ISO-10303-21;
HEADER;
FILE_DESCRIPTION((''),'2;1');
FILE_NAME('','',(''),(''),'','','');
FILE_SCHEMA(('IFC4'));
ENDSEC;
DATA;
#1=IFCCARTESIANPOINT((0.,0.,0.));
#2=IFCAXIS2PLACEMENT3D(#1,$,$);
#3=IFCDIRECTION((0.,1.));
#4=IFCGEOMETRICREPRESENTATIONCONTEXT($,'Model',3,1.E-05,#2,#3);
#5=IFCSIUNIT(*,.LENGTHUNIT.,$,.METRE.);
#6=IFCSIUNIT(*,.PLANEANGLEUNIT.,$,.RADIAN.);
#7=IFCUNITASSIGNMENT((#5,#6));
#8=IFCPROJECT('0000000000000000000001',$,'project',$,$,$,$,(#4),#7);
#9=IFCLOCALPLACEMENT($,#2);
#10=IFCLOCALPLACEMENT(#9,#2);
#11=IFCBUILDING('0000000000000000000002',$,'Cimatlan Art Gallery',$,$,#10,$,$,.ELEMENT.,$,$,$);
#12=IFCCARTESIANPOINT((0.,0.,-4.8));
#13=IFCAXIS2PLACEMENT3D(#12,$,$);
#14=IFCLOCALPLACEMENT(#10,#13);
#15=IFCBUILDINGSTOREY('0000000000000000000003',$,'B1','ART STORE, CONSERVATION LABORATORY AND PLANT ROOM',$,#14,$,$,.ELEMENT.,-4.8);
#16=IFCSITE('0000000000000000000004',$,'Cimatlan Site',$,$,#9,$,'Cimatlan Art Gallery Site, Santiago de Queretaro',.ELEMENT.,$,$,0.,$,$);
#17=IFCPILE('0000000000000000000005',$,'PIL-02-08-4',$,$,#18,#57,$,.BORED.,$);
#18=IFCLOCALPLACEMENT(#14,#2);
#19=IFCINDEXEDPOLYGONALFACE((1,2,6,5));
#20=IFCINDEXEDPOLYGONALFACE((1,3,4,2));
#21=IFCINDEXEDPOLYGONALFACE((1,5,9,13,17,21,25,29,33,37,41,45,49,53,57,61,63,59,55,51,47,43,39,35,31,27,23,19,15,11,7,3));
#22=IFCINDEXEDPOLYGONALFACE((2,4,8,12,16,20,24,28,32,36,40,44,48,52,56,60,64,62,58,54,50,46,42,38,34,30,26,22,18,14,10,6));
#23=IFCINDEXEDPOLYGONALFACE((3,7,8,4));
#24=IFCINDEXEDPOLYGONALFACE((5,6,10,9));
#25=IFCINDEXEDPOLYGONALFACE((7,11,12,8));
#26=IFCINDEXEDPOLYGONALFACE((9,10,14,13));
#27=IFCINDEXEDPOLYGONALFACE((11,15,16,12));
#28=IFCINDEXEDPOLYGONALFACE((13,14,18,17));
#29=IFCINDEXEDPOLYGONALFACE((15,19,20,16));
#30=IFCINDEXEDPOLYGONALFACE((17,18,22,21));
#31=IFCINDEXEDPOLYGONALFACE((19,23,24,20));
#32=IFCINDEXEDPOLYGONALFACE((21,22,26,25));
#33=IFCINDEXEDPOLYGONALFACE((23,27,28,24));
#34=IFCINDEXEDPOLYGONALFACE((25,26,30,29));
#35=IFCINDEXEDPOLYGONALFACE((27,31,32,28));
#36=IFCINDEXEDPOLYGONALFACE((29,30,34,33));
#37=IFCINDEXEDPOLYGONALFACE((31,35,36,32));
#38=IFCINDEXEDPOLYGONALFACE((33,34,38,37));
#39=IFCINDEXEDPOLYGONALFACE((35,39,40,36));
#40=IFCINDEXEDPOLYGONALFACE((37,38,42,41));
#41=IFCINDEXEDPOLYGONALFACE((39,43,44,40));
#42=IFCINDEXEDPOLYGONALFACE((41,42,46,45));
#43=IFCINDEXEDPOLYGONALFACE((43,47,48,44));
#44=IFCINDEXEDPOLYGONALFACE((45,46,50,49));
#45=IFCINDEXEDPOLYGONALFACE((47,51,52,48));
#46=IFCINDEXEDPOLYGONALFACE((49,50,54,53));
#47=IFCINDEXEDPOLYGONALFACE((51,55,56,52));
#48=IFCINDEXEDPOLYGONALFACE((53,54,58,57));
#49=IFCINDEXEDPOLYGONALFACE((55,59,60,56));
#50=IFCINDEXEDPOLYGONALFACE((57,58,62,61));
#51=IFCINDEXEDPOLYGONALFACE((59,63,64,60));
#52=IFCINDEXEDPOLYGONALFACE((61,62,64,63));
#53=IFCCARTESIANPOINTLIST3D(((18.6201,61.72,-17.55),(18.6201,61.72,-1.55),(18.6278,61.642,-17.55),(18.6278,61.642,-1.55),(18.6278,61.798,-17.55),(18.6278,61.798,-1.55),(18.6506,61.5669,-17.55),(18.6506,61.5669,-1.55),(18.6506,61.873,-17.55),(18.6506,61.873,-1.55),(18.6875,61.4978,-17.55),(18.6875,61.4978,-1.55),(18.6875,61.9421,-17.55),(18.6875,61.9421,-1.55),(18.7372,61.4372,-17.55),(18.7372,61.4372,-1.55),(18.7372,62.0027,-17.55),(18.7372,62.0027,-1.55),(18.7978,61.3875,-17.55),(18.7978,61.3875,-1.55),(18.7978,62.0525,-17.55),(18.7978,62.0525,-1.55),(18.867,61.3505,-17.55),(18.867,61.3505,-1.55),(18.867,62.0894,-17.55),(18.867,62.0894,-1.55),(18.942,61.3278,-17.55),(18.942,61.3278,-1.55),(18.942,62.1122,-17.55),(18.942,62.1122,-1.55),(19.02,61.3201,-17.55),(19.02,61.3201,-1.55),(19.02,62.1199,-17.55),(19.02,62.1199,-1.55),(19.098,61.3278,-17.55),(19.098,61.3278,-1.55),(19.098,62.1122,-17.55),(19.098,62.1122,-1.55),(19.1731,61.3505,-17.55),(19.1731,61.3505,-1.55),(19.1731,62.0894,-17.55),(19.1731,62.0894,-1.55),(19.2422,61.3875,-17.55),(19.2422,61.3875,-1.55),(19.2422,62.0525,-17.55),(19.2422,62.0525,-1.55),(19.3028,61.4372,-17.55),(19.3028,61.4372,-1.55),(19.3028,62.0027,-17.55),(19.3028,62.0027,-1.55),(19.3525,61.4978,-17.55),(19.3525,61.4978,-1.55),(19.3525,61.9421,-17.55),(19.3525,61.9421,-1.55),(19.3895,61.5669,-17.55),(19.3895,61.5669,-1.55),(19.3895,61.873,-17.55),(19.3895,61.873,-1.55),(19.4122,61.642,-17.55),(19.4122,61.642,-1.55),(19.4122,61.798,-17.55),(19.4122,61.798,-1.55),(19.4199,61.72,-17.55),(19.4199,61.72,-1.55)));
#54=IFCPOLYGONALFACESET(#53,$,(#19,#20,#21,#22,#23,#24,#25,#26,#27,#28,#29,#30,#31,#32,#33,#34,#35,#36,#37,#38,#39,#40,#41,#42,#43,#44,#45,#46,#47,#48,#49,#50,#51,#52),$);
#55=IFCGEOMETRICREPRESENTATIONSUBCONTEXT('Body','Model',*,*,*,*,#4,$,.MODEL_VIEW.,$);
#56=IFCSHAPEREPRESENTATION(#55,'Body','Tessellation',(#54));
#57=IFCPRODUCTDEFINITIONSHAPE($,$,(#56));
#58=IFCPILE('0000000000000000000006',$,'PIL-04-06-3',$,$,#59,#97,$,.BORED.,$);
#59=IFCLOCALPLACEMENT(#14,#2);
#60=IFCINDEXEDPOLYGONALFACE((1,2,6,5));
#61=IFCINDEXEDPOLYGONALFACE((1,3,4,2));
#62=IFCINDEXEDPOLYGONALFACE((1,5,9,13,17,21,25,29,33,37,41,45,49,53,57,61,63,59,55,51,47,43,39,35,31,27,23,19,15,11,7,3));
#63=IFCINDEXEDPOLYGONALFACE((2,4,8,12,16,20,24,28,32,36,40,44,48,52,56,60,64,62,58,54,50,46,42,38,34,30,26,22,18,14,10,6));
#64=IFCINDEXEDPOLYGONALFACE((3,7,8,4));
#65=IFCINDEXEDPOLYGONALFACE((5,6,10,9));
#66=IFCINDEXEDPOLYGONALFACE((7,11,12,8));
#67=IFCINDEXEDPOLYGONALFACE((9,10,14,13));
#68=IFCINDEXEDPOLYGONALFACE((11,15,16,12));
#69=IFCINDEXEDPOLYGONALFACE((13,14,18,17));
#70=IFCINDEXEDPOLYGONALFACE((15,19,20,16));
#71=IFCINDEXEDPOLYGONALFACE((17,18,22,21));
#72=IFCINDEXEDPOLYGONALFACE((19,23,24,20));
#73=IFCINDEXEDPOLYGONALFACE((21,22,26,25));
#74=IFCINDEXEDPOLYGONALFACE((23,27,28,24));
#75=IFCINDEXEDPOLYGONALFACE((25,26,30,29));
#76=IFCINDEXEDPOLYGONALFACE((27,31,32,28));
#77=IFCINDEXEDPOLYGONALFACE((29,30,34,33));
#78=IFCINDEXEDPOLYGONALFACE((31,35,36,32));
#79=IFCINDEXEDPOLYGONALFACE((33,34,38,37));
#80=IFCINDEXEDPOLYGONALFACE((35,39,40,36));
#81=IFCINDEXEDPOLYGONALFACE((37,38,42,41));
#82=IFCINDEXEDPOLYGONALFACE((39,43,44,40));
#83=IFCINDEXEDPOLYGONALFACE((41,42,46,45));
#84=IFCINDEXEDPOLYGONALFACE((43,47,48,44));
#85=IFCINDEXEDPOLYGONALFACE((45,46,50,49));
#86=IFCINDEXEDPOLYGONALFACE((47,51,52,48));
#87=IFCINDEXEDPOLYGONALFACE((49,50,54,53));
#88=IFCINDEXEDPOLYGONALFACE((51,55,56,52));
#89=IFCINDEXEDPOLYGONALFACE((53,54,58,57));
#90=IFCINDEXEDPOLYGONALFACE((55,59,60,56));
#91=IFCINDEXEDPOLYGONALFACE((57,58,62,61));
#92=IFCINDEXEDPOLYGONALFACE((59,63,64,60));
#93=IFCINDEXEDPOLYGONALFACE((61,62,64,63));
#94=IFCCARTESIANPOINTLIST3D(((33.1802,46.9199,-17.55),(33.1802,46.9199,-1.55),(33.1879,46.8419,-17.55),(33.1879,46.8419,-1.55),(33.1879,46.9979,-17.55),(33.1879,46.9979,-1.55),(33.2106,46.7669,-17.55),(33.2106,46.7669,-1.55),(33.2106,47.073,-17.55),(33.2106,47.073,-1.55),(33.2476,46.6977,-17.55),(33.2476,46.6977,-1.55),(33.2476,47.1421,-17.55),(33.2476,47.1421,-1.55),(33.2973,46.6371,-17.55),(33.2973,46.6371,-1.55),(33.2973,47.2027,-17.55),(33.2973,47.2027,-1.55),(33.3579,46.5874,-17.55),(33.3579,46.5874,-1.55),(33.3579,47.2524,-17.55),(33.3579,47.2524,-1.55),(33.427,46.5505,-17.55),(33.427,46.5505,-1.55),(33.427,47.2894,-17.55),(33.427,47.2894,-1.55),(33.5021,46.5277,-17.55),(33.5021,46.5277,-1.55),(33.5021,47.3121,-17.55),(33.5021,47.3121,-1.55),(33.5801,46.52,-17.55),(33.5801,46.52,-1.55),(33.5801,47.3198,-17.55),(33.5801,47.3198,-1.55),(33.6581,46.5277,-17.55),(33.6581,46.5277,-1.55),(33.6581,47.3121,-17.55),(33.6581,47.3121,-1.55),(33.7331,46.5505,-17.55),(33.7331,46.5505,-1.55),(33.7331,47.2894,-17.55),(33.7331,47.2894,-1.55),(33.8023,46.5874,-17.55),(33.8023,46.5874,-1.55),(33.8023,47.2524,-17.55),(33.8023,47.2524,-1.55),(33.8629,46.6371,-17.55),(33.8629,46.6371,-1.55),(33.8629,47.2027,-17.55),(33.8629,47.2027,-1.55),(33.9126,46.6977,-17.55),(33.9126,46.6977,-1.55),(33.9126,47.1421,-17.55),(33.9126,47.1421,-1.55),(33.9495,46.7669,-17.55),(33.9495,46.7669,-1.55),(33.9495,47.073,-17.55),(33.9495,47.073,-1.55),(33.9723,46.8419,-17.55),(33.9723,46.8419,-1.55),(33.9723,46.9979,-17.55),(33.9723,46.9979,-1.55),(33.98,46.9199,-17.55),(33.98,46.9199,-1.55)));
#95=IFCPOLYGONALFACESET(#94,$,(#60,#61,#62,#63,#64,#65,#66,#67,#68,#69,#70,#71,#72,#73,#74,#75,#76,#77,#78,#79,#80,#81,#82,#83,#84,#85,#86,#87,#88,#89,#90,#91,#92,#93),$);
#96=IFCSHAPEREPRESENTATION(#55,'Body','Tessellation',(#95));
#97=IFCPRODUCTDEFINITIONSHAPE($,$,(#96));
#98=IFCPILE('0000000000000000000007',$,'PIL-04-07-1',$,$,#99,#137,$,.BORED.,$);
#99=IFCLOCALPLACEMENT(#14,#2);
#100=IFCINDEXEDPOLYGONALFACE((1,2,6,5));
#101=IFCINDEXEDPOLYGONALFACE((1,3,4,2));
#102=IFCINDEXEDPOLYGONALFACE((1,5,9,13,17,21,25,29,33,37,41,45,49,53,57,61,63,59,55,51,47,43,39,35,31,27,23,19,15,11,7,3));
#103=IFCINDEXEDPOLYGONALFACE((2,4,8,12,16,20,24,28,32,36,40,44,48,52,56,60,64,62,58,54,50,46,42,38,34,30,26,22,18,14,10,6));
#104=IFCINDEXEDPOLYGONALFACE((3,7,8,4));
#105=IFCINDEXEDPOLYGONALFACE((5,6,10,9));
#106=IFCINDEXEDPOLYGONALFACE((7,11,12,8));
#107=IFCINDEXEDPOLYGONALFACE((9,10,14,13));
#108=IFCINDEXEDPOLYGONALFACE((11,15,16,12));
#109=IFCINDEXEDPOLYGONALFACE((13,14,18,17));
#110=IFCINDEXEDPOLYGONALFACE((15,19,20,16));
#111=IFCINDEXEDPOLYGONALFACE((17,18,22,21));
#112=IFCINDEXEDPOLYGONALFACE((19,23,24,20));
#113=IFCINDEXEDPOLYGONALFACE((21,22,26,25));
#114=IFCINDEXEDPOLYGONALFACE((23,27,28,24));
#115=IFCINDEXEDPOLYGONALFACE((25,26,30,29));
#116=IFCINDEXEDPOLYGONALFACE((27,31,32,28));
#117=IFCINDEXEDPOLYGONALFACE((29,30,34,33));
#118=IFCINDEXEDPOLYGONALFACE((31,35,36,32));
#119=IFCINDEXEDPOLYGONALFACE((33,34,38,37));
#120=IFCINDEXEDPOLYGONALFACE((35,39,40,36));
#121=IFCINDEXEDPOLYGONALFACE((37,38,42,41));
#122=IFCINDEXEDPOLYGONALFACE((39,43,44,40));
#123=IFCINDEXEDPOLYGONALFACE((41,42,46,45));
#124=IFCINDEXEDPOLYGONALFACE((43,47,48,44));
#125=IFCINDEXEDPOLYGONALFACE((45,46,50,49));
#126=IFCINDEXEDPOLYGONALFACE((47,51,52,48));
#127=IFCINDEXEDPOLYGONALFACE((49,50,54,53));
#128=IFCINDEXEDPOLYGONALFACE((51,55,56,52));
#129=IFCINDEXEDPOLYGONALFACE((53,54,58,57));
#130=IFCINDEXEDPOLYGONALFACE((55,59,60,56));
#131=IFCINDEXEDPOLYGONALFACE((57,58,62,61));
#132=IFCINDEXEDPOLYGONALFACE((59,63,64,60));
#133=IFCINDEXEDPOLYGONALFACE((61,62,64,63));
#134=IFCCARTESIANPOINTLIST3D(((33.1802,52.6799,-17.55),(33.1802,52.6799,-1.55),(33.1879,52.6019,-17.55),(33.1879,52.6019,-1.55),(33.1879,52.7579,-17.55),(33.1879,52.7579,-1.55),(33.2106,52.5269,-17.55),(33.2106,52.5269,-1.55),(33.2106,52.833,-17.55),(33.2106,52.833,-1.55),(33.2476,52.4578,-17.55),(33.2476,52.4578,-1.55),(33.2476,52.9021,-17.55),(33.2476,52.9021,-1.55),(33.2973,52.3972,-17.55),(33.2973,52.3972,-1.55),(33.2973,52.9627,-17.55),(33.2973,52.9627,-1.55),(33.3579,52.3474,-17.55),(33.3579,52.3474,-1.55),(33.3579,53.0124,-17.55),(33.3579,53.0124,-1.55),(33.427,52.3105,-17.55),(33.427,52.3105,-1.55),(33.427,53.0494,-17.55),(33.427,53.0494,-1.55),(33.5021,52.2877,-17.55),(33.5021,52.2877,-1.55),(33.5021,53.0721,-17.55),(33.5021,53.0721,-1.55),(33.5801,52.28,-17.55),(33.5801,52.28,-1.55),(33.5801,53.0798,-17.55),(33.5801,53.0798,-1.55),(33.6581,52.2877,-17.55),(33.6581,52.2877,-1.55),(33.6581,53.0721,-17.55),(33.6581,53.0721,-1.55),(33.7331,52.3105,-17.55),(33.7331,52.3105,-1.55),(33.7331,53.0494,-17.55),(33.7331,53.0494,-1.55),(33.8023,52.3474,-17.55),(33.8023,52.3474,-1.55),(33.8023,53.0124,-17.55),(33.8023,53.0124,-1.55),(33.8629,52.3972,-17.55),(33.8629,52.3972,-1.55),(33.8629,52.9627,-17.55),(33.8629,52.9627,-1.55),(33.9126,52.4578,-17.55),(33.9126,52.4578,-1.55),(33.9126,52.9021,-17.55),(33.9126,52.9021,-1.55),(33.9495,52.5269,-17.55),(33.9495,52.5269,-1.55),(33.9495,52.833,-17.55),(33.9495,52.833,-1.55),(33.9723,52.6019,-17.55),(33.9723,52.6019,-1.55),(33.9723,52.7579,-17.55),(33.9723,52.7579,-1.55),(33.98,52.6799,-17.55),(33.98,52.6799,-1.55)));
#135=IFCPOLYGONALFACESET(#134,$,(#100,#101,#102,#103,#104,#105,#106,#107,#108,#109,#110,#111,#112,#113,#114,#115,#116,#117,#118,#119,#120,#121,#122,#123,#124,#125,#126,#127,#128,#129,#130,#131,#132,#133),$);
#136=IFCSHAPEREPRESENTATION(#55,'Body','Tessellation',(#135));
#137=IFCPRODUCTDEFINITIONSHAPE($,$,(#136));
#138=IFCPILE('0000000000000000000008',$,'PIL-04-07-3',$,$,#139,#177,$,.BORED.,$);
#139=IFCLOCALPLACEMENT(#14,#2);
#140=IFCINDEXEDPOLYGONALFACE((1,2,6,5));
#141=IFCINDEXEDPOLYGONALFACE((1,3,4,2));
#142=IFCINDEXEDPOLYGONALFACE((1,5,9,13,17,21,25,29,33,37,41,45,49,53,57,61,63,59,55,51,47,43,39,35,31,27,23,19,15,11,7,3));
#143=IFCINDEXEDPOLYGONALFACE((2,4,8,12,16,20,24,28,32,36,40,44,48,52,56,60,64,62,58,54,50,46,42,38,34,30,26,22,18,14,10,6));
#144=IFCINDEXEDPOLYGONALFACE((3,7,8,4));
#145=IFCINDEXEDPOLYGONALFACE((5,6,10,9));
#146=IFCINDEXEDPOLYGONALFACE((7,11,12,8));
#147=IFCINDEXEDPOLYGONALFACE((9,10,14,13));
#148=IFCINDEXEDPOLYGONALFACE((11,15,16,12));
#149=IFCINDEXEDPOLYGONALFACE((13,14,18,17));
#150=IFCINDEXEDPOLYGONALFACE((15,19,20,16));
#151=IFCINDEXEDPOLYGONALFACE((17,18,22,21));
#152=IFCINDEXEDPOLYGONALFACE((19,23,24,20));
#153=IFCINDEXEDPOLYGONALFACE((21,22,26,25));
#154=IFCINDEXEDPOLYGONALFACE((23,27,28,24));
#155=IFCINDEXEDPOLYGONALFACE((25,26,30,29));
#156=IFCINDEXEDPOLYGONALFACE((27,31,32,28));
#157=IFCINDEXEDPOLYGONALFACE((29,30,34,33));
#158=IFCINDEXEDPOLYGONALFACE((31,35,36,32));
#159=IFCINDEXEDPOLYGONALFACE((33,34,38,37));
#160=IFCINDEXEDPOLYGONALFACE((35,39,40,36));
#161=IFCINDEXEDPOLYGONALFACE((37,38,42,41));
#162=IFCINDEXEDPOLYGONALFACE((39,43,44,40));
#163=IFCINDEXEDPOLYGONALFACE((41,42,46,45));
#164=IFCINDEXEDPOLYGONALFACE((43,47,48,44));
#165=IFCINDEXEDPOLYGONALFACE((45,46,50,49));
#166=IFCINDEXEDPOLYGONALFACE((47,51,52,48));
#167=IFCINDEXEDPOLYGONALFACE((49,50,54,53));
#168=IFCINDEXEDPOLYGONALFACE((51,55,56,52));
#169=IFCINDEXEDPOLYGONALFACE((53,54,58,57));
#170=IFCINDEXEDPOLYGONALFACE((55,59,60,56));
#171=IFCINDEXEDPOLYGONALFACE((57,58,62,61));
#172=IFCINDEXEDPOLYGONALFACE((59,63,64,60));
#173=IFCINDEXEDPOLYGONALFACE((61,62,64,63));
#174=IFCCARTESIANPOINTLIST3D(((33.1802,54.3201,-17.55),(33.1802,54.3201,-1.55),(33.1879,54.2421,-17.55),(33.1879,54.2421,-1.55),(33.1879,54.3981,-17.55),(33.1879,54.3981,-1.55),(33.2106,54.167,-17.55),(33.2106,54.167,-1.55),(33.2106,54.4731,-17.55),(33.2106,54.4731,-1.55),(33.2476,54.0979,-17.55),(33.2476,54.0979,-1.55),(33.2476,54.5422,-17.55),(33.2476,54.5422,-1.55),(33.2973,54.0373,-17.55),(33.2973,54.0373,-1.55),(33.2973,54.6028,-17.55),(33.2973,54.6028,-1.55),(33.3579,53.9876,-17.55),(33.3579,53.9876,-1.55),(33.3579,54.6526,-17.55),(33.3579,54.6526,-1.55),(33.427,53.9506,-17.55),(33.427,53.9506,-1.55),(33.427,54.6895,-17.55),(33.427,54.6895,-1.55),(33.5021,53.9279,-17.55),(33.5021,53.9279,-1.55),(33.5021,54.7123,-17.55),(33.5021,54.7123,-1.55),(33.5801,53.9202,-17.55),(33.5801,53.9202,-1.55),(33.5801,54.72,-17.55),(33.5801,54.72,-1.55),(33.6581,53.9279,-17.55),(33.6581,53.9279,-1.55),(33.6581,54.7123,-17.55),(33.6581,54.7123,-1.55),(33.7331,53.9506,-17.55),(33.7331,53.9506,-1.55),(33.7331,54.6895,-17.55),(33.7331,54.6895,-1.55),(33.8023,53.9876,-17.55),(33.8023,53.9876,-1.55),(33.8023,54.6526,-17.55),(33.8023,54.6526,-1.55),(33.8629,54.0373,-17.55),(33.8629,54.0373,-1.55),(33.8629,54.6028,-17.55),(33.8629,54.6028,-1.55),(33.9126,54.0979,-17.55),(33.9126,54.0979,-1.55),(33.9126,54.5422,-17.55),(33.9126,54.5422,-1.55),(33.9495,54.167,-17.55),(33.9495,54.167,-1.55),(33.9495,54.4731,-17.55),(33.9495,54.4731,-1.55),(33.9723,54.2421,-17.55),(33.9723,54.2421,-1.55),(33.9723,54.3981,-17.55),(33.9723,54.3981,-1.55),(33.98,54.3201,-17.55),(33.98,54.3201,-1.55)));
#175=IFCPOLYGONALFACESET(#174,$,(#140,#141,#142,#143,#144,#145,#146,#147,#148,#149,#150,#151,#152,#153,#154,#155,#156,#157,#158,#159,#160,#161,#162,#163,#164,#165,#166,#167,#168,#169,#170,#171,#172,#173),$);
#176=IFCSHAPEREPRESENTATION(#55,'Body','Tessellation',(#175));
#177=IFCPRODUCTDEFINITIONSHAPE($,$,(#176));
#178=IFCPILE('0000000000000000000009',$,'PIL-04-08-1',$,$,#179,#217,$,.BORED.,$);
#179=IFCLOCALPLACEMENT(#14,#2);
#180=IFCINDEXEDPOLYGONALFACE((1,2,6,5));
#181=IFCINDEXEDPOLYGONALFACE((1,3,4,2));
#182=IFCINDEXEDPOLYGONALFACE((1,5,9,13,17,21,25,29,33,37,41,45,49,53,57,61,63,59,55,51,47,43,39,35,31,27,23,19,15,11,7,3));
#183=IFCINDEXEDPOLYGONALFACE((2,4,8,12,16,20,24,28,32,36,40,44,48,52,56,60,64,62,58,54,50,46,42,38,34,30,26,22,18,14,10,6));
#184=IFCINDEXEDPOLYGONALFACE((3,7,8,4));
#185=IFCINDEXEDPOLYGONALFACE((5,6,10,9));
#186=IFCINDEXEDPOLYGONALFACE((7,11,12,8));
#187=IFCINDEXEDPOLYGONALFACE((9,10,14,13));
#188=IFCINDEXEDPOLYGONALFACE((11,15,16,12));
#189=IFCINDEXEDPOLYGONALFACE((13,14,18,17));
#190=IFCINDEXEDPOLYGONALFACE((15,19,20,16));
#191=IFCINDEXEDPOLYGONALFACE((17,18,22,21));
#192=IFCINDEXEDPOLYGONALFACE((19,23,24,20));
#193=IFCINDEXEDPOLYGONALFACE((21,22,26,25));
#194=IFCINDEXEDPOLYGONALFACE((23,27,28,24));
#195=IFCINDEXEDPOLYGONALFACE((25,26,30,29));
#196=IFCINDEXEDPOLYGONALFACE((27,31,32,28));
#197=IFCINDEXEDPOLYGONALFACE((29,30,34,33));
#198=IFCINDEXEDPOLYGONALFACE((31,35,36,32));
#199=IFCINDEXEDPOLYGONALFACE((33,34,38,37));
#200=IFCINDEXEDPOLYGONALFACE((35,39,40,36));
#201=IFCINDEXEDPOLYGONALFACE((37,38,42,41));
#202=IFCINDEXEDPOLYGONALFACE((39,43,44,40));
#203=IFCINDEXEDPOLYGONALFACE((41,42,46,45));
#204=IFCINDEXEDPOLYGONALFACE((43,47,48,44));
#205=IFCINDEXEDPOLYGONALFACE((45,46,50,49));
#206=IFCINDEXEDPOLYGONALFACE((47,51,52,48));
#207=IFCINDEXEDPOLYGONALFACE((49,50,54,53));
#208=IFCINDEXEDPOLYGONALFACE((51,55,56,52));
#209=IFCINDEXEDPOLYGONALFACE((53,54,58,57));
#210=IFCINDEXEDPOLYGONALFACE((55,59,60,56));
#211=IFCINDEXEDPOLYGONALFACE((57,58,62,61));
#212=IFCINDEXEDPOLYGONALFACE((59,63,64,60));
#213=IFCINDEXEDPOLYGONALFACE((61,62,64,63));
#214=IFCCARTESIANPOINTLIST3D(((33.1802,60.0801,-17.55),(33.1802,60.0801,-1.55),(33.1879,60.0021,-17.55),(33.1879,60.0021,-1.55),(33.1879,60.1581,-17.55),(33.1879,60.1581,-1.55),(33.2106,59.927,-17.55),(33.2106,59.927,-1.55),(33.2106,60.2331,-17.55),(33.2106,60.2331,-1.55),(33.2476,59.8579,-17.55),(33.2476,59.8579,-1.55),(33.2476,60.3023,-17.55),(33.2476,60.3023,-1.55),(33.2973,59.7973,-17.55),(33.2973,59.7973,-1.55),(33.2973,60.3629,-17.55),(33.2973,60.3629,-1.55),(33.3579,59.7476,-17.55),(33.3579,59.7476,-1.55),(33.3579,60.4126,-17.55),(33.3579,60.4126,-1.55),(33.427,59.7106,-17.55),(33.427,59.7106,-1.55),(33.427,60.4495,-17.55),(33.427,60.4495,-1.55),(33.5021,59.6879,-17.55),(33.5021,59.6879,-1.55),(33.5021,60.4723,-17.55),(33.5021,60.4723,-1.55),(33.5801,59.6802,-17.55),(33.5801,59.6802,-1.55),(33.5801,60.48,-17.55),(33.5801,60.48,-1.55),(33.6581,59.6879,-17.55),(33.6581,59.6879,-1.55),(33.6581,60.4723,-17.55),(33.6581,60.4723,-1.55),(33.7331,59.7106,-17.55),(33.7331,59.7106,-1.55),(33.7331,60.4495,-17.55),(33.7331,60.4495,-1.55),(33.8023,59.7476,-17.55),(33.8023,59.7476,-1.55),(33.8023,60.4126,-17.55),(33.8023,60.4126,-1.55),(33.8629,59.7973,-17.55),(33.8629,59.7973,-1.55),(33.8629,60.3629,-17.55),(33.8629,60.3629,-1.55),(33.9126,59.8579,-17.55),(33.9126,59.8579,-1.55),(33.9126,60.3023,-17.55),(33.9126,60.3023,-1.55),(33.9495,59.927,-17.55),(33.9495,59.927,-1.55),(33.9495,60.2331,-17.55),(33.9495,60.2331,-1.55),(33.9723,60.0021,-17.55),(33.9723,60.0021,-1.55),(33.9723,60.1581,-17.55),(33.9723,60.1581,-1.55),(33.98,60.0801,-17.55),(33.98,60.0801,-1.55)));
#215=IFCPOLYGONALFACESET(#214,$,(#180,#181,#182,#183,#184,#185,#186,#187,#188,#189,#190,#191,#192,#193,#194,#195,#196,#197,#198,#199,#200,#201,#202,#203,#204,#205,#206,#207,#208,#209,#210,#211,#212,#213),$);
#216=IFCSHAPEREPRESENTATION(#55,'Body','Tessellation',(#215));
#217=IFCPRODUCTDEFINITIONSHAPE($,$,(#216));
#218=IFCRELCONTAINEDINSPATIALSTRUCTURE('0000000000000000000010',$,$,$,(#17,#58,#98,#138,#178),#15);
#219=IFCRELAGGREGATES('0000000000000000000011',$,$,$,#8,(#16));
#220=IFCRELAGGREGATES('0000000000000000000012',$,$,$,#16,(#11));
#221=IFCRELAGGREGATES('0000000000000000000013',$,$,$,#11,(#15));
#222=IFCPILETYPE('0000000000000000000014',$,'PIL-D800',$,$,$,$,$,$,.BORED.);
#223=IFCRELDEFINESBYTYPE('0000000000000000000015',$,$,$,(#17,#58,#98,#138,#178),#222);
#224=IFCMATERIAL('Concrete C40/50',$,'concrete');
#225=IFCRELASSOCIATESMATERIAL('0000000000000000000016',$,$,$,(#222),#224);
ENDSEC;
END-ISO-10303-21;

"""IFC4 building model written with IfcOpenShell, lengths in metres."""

from ifc_helpers import new_model, si_unit, direction, frame, origin, origin_2d, place, context, subcontext, project, spatial, circle, extrude, material, type_object, element, save


model = new_model("IFC4")

# Units and contexts
model_context = context("Model", 3, precision=1e-05, world=origin(), true_north=direction((0.0, 1.0)))
body_context = subcontext(model_context, "Body", "Model", "MODEL_VIEW")
ifc_project = project(units=[si_unit("LENGTHUNIT", "METRE"), si_unit("PLANEANGLEUNIT", "RADIAN")], contexts=[model_context])

# Site, building, storey
site_placement = place(None, origin())
site = spatial("IfcSite", under=ifc_project, at=site_placement, Name="Cimatlan Site", LongName="Cimatlan Art Gallery Site, Santiago de Queretaro", CompositionType="ELEMENT", RefElevation=0.0)
building_placement = place(site_placement, origin())
building = spatial("IfcBuilding", under=site, at=building_placement, Name="Cimatlan Art Gallery", CompositionType="ELEMENT")
storey_placement = place(building_placement, frame((0.0, 0.0, -4.8)))
storey = spatial("IfcBuildingStorey", under=building, at=storey_placement, Name="B1", Description="ART STORE, CONSERVATION LABORATORY AND PLANT ROOM", CompositionType="ELEMENT", Elevation=-4.8)

# Shared definitions
ifc_material_1 = material(Name="Concrete C40/50", Category="concrete")

# Piles
pile_type = type_object("IfcPileType", Name="PIL-D800", PredefinedType="BORED", material=ifc_material_1)
for number, where, z_axis, x_axis, name in (
    (1, (19.02, 61.72, -1.55), (0.0, 0.0, -1.0), (1.0, 0.0, 0.0), "PIL-02-08-4"),
    (2, (33.5801, 46.9199, -1.55), (0.0, 0.0, -1.0), (1.0, 0.0, 0.0), "PIL-04-06-3"),
    (3, (33.5801, 52.6799, -1.55), (0.0, 0.0, -1.0), (1.0, 0.0, 0.0), "PIL-04-07-1"),
    (4, (33.5801, 54.3201, -1.55), (0.0, 0.0, -1.0), (1.0, 0.0, 0.0), "PIL-04-07-3"),
    (5, (33.5801, 60.0801, -1.55), (0.0, 0.0, -1.0), (1.0, 0.0, 0.0), "PIL-04-08-1"),
):
    element("IfcPile", number, at=place(storey_placement, frame(where, z_axis=z_axis, x_axis=x_axis)), inside=storey, type_object=pile_type, Name=name, PredefinedType="BORED", context=body_context, shape_type="SweptSolid", body=[
        extrude(circle(Radius=0.3999, at=origin_2d()), origin(), (0.0, 0.0, 1.0), 16.0),
    ])

save(model, "model.ifc")
